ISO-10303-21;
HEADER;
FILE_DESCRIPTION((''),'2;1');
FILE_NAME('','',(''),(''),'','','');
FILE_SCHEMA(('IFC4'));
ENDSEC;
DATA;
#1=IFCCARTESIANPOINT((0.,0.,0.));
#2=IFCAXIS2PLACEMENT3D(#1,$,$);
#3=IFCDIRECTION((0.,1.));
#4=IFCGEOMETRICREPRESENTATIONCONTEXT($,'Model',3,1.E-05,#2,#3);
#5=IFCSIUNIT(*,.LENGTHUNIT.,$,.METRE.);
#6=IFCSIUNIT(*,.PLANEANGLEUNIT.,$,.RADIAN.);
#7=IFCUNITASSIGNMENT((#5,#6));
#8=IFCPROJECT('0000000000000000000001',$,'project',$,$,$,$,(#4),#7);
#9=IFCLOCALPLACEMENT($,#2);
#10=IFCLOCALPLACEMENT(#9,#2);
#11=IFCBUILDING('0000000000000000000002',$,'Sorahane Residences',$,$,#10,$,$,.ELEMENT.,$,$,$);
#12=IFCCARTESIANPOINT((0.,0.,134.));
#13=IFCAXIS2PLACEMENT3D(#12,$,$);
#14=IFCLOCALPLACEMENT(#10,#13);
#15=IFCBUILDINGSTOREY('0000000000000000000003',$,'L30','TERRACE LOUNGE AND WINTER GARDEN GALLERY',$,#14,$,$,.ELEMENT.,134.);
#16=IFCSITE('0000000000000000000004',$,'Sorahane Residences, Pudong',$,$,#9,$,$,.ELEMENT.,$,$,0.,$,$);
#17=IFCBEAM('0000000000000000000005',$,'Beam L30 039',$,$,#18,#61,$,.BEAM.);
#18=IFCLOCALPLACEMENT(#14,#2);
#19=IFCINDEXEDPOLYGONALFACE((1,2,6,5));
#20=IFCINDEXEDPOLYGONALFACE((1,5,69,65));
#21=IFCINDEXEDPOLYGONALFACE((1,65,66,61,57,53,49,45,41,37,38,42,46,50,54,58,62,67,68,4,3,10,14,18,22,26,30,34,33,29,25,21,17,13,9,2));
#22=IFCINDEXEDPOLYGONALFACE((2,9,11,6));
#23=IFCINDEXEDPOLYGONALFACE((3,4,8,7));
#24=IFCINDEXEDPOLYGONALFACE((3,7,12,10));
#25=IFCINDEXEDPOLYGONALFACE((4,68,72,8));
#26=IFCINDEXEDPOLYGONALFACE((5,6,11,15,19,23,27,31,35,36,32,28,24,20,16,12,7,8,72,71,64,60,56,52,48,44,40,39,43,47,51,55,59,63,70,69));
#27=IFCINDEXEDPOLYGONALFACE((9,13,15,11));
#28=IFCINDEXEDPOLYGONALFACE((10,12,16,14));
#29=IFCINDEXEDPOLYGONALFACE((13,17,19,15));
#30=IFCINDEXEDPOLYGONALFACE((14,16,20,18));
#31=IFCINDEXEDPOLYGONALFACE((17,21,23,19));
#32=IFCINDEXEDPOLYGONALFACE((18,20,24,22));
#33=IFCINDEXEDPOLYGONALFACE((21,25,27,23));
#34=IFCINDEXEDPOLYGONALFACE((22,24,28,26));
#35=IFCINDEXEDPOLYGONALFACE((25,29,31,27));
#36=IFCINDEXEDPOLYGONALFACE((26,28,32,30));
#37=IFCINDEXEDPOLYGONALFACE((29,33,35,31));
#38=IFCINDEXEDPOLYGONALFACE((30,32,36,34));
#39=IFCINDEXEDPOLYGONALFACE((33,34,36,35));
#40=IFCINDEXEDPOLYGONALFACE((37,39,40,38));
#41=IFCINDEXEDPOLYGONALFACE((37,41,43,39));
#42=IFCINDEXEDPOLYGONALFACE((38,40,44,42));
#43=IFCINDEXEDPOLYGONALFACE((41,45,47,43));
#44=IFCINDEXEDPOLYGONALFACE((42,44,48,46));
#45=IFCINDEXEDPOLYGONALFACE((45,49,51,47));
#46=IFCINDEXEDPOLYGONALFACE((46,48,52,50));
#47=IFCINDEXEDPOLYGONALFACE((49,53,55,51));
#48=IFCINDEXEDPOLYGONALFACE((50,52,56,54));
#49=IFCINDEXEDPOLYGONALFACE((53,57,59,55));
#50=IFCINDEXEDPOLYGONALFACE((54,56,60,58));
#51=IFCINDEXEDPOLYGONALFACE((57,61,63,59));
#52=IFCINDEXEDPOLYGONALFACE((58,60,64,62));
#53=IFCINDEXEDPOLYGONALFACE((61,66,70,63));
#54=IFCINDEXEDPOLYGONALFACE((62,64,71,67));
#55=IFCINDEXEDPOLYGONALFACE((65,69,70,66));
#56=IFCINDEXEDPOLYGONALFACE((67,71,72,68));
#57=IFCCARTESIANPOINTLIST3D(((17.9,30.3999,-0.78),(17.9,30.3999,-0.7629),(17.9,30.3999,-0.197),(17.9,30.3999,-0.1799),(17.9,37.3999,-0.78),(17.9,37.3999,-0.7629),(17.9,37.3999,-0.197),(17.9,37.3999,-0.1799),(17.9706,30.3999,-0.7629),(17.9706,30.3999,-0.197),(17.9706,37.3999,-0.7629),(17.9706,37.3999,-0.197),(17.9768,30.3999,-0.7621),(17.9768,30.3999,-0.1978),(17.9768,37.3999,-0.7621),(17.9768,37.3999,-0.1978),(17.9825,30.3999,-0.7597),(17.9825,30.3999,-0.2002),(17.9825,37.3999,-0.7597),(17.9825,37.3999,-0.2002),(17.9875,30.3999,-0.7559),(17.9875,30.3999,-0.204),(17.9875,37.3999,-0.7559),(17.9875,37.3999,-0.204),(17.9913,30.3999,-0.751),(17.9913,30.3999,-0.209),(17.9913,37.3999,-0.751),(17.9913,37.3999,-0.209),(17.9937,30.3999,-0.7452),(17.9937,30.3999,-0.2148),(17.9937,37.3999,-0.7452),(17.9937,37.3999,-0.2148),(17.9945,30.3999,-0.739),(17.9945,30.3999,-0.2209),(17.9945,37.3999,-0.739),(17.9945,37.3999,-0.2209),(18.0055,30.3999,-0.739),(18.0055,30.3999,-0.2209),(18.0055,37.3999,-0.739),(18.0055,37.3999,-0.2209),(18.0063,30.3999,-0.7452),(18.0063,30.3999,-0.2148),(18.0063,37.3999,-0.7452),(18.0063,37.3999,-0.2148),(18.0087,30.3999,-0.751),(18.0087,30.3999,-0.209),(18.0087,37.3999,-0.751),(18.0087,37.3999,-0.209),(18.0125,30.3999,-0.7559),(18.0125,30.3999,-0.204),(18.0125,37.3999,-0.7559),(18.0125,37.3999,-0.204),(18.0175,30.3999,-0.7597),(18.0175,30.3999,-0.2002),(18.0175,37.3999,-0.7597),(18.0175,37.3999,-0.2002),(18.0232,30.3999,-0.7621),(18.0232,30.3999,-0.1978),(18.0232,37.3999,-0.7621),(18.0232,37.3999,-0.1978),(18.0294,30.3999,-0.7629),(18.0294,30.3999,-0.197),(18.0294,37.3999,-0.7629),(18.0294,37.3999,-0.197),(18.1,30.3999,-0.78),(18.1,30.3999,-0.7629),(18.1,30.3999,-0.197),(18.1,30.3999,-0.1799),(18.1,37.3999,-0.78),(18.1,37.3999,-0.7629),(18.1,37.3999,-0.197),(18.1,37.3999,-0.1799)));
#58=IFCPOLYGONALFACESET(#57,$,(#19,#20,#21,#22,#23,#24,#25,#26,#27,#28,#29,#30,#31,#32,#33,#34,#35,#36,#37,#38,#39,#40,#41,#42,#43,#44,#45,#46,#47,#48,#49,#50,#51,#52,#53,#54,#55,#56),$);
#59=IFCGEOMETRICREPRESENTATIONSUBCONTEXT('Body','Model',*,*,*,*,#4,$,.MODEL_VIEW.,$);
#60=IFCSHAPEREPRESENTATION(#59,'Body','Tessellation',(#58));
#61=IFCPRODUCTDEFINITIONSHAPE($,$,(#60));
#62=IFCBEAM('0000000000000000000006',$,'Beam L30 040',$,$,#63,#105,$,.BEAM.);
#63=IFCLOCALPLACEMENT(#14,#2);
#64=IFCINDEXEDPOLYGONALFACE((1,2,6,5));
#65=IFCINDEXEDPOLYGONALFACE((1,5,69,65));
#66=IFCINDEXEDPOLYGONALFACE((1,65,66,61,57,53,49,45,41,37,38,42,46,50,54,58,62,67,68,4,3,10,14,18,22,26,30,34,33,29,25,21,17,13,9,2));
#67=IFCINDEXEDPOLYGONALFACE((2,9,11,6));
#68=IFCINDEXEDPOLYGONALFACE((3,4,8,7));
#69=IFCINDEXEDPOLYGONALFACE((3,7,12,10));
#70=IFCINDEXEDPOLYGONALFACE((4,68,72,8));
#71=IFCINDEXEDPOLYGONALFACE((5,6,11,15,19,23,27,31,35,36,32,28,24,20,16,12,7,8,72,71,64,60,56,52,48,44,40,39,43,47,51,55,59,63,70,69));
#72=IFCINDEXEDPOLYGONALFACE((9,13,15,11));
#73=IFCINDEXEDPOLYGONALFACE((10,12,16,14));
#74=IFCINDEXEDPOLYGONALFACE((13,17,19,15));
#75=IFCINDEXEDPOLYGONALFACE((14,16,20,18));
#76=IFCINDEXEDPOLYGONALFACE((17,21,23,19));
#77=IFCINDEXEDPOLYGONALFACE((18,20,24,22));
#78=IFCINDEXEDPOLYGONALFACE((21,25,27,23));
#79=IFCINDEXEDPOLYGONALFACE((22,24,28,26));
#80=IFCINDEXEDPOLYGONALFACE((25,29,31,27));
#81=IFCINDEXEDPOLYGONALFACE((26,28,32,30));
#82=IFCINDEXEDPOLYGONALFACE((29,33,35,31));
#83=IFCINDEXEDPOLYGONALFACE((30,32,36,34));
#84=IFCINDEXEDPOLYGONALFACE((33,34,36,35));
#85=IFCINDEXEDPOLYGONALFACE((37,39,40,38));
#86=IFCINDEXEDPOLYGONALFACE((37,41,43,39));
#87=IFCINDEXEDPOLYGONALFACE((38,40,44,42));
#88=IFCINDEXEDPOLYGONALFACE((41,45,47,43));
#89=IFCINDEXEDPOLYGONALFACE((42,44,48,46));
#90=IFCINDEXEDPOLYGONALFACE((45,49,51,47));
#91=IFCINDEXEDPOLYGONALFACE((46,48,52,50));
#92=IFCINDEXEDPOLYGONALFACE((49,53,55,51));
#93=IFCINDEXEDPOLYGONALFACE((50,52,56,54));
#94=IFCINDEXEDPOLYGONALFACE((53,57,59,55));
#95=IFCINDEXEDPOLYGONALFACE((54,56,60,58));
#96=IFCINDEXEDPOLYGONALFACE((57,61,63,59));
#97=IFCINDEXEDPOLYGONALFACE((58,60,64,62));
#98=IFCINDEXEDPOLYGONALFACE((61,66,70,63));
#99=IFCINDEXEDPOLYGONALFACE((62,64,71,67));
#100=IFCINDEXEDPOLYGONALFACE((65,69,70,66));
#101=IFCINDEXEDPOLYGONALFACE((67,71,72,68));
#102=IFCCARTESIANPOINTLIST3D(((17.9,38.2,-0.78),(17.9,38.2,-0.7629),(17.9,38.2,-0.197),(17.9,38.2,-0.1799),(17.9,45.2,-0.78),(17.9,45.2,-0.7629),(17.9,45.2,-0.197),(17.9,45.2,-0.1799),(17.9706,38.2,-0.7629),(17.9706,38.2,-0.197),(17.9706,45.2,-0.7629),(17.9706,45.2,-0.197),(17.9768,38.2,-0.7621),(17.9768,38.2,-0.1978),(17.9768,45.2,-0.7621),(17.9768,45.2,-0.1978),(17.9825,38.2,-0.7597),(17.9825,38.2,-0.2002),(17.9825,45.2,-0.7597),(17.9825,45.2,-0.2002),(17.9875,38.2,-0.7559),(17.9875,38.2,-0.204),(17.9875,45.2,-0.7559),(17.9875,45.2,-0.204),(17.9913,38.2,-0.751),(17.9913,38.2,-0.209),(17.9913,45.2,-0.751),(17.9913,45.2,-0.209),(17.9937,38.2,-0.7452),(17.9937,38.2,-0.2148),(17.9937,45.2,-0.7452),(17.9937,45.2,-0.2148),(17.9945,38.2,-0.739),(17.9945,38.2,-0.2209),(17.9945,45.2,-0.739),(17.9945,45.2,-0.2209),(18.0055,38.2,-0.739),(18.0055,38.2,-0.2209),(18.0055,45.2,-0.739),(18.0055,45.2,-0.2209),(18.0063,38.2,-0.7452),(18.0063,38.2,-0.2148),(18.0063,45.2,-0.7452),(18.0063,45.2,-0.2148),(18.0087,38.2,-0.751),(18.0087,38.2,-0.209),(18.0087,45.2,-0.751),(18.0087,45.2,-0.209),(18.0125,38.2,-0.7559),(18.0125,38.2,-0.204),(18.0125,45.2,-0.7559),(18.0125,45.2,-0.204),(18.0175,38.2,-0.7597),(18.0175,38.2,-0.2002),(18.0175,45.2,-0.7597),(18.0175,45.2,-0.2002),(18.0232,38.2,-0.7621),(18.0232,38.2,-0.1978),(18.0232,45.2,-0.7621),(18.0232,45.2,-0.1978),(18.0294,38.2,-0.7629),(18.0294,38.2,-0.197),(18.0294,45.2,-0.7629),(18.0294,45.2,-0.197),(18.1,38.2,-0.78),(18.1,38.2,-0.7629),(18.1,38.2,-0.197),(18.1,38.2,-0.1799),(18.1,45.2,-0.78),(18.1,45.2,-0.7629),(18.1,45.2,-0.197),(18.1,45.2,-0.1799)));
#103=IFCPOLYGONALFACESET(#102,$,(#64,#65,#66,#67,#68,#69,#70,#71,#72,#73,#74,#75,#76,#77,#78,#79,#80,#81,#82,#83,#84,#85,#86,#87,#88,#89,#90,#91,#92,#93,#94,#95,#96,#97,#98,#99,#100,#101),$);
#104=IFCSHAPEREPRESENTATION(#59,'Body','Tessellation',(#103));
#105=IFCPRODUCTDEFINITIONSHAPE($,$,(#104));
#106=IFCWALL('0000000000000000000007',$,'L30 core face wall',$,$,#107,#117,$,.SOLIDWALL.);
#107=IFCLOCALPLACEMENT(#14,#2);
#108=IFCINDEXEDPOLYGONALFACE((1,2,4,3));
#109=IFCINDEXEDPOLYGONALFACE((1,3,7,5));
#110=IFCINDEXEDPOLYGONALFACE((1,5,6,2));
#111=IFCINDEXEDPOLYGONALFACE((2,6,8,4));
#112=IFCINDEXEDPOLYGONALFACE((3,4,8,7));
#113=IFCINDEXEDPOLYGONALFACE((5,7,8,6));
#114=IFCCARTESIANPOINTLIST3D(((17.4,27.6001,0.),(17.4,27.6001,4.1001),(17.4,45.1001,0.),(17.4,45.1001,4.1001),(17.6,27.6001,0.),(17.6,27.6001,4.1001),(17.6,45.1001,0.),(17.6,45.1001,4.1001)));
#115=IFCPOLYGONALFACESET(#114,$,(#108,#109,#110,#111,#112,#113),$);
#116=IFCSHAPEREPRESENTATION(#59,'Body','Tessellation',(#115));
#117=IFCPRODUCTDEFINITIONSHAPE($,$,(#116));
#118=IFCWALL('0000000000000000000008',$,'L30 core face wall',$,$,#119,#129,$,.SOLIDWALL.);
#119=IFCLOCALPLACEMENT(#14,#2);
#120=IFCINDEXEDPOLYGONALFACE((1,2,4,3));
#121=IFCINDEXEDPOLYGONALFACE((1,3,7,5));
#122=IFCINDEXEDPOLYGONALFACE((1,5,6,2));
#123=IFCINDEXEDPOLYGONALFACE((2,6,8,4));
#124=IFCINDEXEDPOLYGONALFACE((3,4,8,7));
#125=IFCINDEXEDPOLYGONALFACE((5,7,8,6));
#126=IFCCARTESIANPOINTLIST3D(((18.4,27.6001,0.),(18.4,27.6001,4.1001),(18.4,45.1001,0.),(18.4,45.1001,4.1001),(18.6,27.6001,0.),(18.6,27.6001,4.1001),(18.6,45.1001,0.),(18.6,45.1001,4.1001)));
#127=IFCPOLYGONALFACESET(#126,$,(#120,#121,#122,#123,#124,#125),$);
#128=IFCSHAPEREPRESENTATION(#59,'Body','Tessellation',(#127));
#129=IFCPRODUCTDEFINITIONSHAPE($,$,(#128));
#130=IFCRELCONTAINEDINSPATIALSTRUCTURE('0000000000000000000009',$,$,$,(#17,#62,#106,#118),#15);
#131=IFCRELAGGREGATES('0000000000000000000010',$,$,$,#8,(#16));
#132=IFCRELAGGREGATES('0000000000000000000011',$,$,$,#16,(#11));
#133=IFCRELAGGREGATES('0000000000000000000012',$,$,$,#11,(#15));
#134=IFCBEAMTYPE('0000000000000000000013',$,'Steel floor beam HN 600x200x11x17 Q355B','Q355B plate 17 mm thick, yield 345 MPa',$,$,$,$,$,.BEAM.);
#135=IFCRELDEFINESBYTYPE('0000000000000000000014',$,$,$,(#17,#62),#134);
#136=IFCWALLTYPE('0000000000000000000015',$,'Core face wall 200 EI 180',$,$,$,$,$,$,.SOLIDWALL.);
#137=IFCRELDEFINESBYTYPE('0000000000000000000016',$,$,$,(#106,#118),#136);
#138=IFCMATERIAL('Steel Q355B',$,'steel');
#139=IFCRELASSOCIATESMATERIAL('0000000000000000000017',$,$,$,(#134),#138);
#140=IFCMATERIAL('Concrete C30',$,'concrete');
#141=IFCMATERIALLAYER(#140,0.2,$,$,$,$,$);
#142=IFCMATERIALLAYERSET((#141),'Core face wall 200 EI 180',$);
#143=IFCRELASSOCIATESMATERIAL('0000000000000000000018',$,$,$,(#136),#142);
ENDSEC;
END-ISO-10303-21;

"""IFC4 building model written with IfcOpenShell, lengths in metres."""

from ifc_helpers import new_model, si_unit, direction, frame, frame_2d, origin, origin_2d, place, context, subcontext, project, spatial, rectangle, i_section, extrude, material, layer, layer_set, material_profile, profile_set, type_object, element, save


model = new_model("IFC4")

# Units and contexts
model_context = context("Model", 3, precision=1e-05, world=origin(), true_north=direction((0.0, 1.0)))
body_context = subcontext(model_context, "Body", "Model", "MODEL_VIEW")
ifc_project = project(units=[si_unit("LENGTHUNIT", "METRE"), si_unit("PLANEANGLEUNIT", "RADIAN")], contexts=[model_context])

# Site, building, storey
site_placement = place(None, origin())
site = spatial("IfcSite", under=ifc_project, at=site_placement, Name="Sorahane Residences, Pudong", CompositionType="ELEMENT", RefElevation=0.0)
building_placement = place(site_placement, origin())
building = spatial("IfcBuilding", under=site, at=building_placement, Name="Sorahane Residences", CompositionType="ELEMENT")
storey_placement = place(building_placement, frame((0.0, 0.0, 134.0)))
storey = spatial("IfcBuildingStorey", under=building, at=storey_placement, Name="L30", Description="TERRACE LOUNGE AND WINTER GARDEN GALLERY", CompositionType="ELEMENT", Elevation=134.0)

# Beams
ifc_material_1 = material(Name="Steel Q355B", Category="steel")
ifc_material_profile_1 = material_profile(ifc_material_1, i_section(OverallWidth=0.2, OverallDepth=0.6001, WebThickness=0.011, FlangeThickness=0.0171, FilletRadius=0.0239, at=origin_2d()), Name="HN 600x200x11x17")
ifc_profile_set_1 = profile_set([ifc_material_profile_1], Name="Steel Q355B")
beam_type_1 = type_object("IfcBeamType", Name="Steel floor beam HN 600x200x11x17 Q355B", Description="Q355B plate 17 mm thick, yield 345 MPa", PredefinedType="BEAM", material=ifc_profile_set_1)
for number, where, z_axis, x_axis, name in (
    (1, (18.0, 30.3999, -0.48), (0.0, 1.0, 0.0), (-1.0, 0.0, 0.0), "Beam L30 039"),
    (2, (18.0, 38.2, -0.48), (0.0, 1.0, 0.0), (-1.0, 0.0, 0.0), "Beam L30 040"),
):
    element("IfcBeam", number, at=place(storey_placement, frame(where, z_axis=z_axis, x_axis=x_axis)), inside=storey, type_object=beam_type_1, Name=name, PredefinedType="BEAM", context=body_context, shape_type="SweptSolid", body=[
        extrude(i_section(OverallWidth=0.2, OverallDepth=0.6001, WebThickness=0.011, FlangeThickness=0.0171, FilletRadius=0.0239, at=origin_2d()), origin(), (0.0, 0.0, 1.0), 7.0),
    ])

# Walls
ifc_material_2 = material(Name="Concrete C30", Category="concrete")
ifc_layer_1 = layer(ifc_material_2, 0.2)
ifc_layer_set_1 = layer_set([ifc_layer_1], Name="Core face wall 200 EI 180")
wall_type_1 = type_object("IfcWallType", Name="Core face wall 200 EI 180", PredefinedType="SOLIDWALL", material=ifc_layer_set_1)
for number, where, z_axis, x_axis, name in (
    (3, (17.5, 27.6001, 0.0), (0.0, 0.0, 1.0), (0.0, 1.0, 0.0), "L30 core face wall"),
    (4, (18.5, 27.6001, 0.0), (0.0, 0.0, 1.0), (0.0, 1.0, 0.0), "L30 core face wall"),
):
    element("IfcWall", number, at=place(storey_placement, frame(where, z_axis=z_axis, x_axis=x_axis)), inside=storey, type_object=wall_type_1, Name=name, PredefinedType="SOLIDWALL", context=body_context, shape_type="SweptSolid", body=[
        extrude(rectangle(XDim=17.5, YDim=0.2, at=frame_2d((8.75, 0.0))), origin(), (0.0, 0.0, 1.0), 4.1001),
    ])

save(model, "model.ifc")
